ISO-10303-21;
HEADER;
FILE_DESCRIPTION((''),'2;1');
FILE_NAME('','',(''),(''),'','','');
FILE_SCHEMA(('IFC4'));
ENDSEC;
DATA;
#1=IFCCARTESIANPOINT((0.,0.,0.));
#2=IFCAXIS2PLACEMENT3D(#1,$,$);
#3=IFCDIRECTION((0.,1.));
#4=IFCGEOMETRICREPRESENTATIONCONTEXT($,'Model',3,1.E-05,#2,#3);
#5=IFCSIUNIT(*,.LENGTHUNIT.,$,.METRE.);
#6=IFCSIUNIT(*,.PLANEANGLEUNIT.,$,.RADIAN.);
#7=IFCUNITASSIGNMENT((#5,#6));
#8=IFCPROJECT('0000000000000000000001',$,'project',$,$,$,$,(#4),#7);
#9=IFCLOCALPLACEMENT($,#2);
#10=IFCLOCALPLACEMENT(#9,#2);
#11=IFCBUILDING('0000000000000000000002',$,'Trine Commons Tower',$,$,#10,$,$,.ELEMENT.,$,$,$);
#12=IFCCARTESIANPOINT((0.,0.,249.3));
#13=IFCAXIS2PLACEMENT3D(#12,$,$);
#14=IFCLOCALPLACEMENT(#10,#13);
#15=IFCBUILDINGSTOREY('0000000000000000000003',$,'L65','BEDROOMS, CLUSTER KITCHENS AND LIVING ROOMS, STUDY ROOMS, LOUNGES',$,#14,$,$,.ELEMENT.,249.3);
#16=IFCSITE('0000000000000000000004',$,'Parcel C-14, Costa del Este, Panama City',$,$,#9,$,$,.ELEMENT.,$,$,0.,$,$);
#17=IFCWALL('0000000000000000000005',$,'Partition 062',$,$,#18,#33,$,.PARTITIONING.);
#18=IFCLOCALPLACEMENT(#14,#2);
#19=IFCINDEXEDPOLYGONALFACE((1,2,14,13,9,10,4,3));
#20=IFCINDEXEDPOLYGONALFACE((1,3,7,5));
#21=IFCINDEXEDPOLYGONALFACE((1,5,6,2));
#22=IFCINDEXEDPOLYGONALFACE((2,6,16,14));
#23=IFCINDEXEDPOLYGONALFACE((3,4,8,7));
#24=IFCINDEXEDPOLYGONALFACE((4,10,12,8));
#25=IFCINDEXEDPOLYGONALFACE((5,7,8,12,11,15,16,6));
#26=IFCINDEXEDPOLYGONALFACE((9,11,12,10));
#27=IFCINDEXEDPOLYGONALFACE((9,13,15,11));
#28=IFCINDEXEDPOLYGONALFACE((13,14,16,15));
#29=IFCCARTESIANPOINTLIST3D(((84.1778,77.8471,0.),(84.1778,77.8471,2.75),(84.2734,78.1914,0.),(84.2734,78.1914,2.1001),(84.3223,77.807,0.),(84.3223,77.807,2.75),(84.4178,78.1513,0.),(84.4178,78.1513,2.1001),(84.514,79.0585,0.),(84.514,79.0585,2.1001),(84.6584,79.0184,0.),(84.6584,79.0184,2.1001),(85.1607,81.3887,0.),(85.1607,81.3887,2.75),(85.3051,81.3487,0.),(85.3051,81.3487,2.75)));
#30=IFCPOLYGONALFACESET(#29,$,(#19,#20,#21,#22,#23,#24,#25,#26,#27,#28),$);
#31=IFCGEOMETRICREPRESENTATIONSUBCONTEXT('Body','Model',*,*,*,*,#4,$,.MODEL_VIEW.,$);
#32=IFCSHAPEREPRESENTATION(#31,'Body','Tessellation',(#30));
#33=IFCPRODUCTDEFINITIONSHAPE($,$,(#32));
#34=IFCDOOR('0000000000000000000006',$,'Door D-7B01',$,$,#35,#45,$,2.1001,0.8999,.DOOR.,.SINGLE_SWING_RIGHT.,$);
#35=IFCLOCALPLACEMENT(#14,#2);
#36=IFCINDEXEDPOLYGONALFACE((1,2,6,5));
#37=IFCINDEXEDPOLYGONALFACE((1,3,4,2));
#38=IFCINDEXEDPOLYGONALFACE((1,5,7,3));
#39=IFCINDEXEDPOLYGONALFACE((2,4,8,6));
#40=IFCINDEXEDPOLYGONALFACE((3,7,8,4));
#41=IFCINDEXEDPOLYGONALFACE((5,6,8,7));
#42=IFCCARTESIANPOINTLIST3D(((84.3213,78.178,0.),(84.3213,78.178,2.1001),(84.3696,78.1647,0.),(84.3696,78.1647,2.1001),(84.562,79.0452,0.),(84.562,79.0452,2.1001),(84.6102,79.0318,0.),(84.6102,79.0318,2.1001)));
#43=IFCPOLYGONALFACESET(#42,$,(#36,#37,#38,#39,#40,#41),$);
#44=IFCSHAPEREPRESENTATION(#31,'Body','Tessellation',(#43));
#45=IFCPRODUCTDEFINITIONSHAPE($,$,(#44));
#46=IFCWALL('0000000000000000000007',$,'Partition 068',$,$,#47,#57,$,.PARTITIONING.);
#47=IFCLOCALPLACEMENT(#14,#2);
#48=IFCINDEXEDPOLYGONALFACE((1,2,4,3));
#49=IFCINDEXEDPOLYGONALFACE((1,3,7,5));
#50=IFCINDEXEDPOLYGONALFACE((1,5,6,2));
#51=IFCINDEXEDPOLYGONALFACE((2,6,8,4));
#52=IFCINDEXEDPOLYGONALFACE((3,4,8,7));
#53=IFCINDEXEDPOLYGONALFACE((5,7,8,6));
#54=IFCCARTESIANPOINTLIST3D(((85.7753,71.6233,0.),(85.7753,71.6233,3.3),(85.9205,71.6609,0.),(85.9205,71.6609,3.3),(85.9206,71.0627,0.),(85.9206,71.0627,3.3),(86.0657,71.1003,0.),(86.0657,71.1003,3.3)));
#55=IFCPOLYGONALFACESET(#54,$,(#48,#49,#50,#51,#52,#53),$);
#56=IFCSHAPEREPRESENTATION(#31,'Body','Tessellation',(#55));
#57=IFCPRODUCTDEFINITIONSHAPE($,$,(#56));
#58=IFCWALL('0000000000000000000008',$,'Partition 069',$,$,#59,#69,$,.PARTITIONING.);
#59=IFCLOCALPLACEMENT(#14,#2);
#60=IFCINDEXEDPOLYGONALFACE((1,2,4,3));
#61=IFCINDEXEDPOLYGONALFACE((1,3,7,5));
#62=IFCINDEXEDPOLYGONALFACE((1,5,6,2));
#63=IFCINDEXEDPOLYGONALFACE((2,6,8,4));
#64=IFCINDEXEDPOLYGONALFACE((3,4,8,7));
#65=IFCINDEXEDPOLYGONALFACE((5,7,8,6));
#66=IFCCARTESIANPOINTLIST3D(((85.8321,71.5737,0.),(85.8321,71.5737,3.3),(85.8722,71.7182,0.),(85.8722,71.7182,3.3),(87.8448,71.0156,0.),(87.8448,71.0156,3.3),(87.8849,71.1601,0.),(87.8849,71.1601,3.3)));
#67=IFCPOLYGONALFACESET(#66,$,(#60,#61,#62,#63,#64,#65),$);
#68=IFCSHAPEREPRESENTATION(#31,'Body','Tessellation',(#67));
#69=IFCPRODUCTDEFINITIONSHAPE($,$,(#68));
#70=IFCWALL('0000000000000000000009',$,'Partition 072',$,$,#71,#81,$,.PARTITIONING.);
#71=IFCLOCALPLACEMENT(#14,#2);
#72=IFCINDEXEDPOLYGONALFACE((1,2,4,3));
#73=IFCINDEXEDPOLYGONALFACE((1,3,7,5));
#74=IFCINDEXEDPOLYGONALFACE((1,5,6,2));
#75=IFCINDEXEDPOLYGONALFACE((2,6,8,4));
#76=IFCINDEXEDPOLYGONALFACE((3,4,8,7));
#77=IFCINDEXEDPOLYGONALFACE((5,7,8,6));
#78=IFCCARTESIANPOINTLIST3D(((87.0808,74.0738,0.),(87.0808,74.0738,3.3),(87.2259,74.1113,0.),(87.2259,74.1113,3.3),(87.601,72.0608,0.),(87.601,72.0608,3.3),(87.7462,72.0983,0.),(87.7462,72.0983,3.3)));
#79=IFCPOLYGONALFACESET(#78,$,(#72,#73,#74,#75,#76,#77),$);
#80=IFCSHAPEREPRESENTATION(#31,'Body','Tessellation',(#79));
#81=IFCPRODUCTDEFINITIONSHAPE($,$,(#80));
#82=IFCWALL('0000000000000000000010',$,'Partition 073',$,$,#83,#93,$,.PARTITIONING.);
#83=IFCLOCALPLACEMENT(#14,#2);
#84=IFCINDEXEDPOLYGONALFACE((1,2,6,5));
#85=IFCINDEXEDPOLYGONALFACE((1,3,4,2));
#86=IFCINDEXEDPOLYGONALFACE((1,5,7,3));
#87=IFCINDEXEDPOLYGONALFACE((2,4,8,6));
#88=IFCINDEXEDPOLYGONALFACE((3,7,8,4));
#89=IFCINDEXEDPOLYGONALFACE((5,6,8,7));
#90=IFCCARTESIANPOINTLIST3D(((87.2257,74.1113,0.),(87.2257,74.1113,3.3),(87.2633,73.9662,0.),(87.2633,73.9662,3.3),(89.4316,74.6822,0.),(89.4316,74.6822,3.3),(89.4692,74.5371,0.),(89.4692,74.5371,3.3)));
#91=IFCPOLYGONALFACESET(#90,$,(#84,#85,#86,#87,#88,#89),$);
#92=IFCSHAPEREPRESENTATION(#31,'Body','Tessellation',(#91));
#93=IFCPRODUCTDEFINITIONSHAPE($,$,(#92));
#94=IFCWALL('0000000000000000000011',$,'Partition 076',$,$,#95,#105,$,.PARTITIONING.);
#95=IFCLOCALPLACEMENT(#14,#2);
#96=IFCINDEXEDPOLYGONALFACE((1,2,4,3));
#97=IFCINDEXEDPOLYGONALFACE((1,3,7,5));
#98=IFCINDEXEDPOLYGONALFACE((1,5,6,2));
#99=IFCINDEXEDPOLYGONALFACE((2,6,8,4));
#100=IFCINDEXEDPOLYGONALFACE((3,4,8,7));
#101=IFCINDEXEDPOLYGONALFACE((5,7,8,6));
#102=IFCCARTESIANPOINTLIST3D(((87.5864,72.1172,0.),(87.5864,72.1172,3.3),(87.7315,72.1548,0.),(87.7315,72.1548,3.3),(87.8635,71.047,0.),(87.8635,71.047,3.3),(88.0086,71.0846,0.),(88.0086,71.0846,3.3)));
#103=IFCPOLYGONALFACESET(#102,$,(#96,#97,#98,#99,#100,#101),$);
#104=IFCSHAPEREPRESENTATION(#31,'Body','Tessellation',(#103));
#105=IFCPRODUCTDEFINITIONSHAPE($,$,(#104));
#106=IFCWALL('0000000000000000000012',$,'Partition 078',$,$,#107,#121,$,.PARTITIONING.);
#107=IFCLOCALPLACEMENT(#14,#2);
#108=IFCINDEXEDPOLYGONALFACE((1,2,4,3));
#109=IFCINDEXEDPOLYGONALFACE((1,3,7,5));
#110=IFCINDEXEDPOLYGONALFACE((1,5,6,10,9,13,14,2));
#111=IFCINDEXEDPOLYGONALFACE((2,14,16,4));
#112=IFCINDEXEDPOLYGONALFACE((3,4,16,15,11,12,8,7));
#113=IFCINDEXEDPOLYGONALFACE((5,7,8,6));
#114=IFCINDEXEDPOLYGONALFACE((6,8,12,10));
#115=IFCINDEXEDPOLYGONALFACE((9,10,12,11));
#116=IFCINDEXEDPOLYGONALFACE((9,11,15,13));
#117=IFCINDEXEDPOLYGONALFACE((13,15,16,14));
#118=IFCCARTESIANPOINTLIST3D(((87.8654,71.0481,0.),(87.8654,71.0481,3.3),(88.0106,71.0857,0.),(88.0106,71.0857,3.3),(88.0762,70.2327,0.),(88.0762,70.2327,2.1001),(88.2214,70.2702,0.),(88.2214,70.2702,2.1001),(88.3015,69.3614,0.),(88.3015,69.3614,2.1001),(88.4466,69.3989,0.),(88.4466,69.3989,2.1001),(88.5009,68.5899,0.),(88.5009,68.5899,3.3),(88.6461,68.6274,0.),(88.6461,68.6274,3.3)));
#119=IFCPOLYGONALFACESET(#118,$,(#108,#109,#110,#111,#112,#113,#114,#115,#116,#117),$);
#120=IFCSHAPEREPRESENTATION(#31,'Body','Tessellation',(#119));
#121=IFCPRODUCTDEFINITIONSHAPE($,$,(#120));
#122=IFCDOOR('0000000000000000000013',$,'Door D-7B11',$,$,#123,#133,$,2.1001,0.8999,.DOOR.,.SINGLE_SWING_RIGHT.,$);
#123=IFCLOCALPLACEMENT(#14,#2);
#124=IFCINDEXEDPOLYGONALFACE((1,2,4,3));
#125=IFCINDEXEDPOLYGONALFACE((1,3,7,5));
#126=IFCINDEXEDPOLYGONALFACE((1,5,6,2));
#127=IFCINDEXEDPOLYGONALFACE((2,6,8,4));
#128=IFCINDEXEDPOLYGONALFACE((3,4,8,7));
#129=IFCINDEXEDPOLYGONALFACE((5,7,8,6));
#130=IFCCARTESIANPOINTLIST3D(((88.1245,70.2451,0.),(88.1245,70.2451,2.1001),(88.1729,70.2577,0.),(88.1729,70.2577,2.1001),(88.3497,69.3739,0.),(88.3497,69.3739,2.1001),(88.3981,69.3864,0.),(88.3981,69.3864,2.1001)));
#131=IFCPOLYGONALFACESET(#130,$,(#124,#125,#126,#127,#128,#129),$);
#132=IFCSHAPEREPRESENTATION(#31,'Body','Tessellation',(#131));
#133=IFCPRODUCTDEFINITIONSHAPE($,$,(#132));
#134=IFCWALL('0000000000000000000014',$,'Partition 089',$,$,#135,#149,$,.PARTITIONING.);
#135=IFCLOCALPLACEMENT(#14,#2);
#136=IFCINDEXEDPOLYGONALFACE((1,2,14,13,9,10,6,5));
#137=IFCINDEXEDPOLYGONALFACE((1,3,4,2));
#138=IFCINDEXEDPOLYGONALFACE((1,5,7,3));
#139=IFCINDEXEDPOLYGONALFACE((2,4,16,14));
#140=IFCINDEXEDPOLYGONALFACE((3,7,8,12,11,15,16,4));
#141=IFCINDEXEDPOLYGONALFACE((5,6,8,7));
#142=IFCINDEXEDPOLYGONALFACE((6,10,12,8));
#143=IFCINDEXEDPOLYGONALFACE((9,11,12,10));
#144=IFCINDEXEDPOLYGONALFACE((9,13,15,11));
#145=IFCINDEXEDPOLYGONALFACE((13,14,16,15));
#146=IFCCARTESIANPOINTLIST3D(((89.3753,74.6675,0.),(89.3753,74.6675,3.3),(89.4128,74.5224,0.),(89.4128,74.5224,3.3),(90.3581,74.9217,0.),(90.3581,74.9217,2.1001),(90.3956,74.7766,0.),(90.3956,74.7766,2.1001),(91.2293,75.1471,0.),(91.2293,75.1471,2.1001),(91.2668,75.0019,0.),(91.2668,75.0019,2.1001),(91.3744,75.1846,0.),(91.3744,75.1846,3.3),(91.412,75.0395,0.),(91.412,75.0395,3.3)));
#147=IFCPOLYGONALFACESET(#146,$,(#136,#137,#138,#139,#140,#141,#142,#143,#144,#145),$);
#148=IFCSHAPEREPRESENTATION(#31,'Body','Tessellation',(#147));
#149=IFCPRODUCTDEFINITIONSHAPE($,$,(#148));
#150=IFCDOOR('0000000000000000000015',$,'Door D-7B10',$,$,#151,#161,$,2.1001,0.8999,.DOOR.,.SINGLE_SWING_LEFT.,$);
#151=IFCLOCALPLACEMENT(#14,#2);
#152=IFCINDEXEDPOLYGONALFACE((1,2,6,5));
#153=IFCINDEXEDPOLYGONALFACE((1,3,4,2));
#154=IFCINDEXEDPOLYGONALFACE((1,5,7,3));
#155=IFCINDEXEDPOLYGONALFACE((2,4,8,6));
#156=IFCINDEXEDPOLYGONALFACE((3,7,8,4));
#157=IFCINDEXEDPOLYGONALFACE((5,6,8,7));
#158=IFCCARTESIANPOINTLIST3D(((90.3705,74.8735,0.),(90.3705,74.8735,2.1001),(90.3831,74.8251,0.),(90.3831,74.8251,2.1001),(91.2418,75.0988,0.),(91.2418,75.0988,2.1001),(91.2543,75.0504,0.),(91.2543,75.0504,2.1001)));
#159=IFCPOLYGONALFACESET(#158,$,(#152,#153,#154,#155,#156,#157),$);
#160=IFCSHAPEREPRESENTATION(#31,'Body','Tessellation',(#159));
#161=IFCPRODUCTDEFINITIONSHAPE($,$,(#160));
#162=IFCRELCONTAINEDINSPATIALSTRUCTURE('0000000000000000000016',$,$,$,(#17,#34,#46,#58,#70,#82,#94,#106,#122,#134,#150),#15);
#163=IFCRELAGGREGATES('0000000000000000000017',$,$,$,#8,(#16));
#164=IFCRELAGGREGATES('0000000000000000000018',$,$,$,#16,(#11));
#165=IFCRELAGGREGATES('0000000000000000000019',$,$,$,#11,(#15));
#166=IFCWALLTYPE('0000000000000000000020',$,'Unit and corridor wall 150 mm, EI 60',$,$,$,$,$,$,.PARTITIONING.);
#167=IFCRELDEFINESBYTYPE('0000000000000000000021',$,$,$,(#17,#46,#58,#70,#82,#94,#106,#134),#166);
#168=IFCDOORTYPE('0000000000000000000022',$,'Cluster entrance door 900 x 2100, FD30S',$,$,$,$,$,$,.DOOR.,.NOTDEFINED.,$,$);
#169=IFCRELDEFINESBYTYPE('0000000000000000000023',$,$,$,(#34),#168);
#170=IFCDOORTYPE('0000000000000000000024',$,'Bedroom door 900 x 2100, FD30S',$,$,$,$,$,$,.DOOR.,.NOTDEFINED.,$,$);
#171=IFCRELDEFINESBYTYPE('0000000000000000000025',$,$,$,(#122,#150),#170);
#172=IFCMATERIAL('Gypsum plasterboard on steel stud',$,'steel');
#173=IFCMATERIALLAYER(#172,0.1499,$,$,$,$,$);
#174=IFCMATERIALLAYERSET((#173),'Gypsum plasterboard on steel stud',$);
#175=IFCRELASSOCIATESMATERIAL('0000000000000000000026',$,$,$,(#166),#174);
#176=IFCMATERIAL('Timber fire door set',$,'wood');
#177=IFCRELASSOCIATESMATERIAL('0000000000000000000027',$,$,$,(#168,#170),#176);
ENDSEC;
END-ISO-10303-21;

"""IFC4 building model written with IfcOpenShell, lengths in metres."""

from ifc_helpers import new_model, si_unit, direction, frame, frame_2d, origin, place, context, subcontext, project, spatial, rectangle, extrude, material, layer, layer_set, type_object, element, fill, save


model = new_model("IFC4")

# Units and contexts
model_context = context("Model", 3, precision=1e-05, world=origin(), true_north=direction((0.0, 1.0)))
body_context = subcontext(model_context, "Body", "Model", "MODEL_VIEW")
ifc_project = project(units=[si_unit("LENGTHUNIT", "METRE"), si_unit("PLANEANGLEUNIT", "RADIAN")], contexts=[model_context])

# Site, building, storey
site_placement = place(None, origin())
site = spatial("IfcSite", under=ifc_project, at=site_placement, Name="Parcel C-14, Costa del Este, Panama City", CompositionType="ELEMENT", RefElevation=0.0)
building_placement = place(site_placement, origin())
building = spatial("IfcBuilding", under=site, at=building_placement, Name="Trine Commons Tower", CompositionType="ELEMENT")
storey_placement = place(building_placement, frame((0.0, 0.0, 249.3)))
storey = spatial("IfcBuildingStorey", under=building, at=storey_placement, Name="L65", Description="BEDROOMS, CLUSTER KITCHENS AND LIVING ROOMS, STUDY ROOMS, LOUNGES", CompositionType="ELEMENT", Elevation=249.3)

# Shared definitions
ifc_material_1 = material(Name="Gypsum plasterboard on steel stud", Category="steel")
ifc_layer_1 = layer(ifc_material_1, 0.1499)
ifc_layer_set_1 = layer_set([ifc_layer_1], Name="Gypsum plasterboard on steel stud")
wall_type_1 = type_object("IfcWallType", Name="Unit and corridor wall 150 mm, EI 60", PredefinedType="PARTITIONING", material=ifc_layer_set_1)

# Wall, opening, door
wall_1_placement = place(storey_placement, frame((84.25, 77.8269, 0.0), z_axis=(0.0, 0.0, 1.0), x_axis=(0.267414, 0.963582, 0.0)))
wall_1 = element("IfcWall", 1, at=wall_1_placement, inside=storey, type_object=wall_type_1, Name="Partition 062", PredefinedType="PARTITIONING", context=body_context, shape_type="SweptSolid", body=[
    extrude(rectangle(XDim=3.6755, YDim=0.1499, at=frame_2d((1.8379, 0.0))), origin(), (0.0, 0.0, 1.0), 2.75),
])
opening_1_placement = place(wall_1_placement, frame((0.3574, 0.0, 0.0)))
opening_1 = element("IfcOpeningElement", 2, at=opening_1_placement, cuts=wall_1, PredefinedType="OPENING", context=body_context, shape_type="SweptSolid", body=[
    extrude(rectangle(XDim=0.8999, YDim=2.1001, at=frame_2d((0.45, 1.05))), frame((0.0, 0.085, 0.0), z_axis=(0.0, -1.0, 0.0), x_axis=(1.0, 0.0, 0.0)), (0.0, 0.0, 1.0), 0.1699),
])
ifc_material_2 = material(Name="Timber fire door set", Category="wood")
door_type_1 = type_object("IfcDoorType", Name="Cluster entrance door 900 x 2100, FD30S", OperationType="NOTDEFINED", PredefinedType="DOOR", material=ifc_material_2)
door_1_placement = place(opening_1_placement, frame((0.8999, 0.0, 0.0), z_axis=(0.0, 0.0, 1.0), x_axis=(-1.0, 0.0, 0.0)))
door_1 = element("IfcDoor", 3, at=door_1_placement, inside=storey, type_object=door_type_1, Name="Door D-7B01", OperationType="SINGLE_SWING_RIGHT", OverallHeight=2.1001, OverallWidth=0.8999, PredefinedType="DOOR", context=body_context, shape_type="SweptSolid", body=[
    extrude(rectangle(XDim=0.8999, YDim=2.1001, at=frame_2d((0.45, 1.05))), frame((0.0, 0.0249, 0.0), z_axis=(0.0, -1.0, 0.0), x_axis=(1.0, 0.0, 0.0)), (0.0, 0.0, 1.0), 0.05),
])
fill(opening_1, door_1)

# Walls
wall_2_placement = place(storey_placement, frame((85.8479, 71.6421, 0.0), z_axis=(0.0, 0.0, 1.0), x_axis=(0.25086, -0.968023, 0.0)))
element("IfcWall", 4, at=wall_2_placement, inside=storey, type_object=wall_type_1, Name="Partition 068", PredefinedType="PARTITIONING", context=body_context, shape_type="SweptSolid", body=[
    extrude(rectangle(XDim=0.5791, YDim=0.1499, at=frame_2d((0.2896, 0.0))), origin(), (0.0, 0.0, 1.0), 3.3),
])
wall_3_placement = place(storey_placement, frame((85.8521, 71.646, 0.0), z_axis=(0.0, 0.0, 1.0), x_axis=(0.963638, -0.26721, 0.0)))
element("IfcWall", 5, at=wall_3_placement, inside=storey, type_object=wall_type_1, Name="Partition 069", PredefinedType="PARTITIONING", context=body_context, shape_type="SweptSolid", body=[
    extrude(rectangle(XDim=2.0886, YDim=0.1499, at=frame_2d((1.0444, 0.0))), origin(), (0.0, 0.0, 1.0), 3.3),
])
wall_4_placement = place(storey_placement, frame((87.1533, 74.0925, 0.0), z_axis=(0.0, 0.0, 1.0), x_axis=(0.250237, -0.968185, 0.0)))
element("IfcWall", 6, at=wall_4_placement, inside=storey, type_object=wall_type_1, Name="Partition 072", PredefinedType="PARTITIONING", context=body_context, shape_type="SweptSolid", body=[
    extrude(rectangle(XDim=2.0791, YDim=0.1499, at=frame_2d((1.0396, 0.0))), origin(), (0.0, 0.0, 1.0), 3.3),
])
wall_5_placement = place(storey_placement, frame((87.2446, 74.0388, 0.0), z_axis=(0.0, 0.0, 1.0), x_axis=(0.968112, 0.25052, 0.0)))
element("IfcWall", 7, at=wall_5_placement, inside=storey, type_object=wall_type_1, Name="Partition 073", PredefinedType="PARTITIONING", context=body_context, shape_type="SweptSolid", body=[
    extrude(rectangle(XDim=2.2786, YDim=0.1499, at=frame_2d((1.1392, 0.0))), origin(), (0.0, 0.0, 1.0), 3.3),
])
wall_6_placement = place(storey_placement, frame((87.6589, 72.136, 0.0), z_axis=(0.0, 0.0, 1.0), x_axis=(0.250686, -0.968068, 0.0)))
element("IfcWall", 8, at=wall_6_placement, inside=storey, type_object=wall_type_1, Name="Partition 076", PredefinedType="PARTITIONING", context=body_context, shape_type="SweptSolid", body=[
    extrude(rectangle(XDim=1.1055, YDim=0.1499, at=frame_2d((0.5527, 0.0))), origin(), (0.0, 0.0, 1.0), 3.3),
])

# Walls, openings, doors
wall_7_placement = place(storey_placement, frame((87.938, 71.0669, 0.0), z_axis=(0.0, 0.0, 1.0), x_axis=(0.250288, -0.968171, 0.0)))
wall_7 = element("IfcWall", 9, at=wall_7_placement, inside=storey, type_object=wall_type_1, Name="Partition 078", PredefinedType="PARTITIONING", context=body_context, shape_type="SweptSolid", body=[
    extrude(rectangle(XDim=2.5391, YDim=0.1499, at=frame_2d((1.2695, 0.0))), origin(), (0.0, 0.0, 1.0), 3.3),
])
opening_2_placement = place(wall_7_placement, frame((0.8423, 0.0, 0.0)))
opening_2 = element("IfcOpeningElement", 10, at=opening_2_placement, cuts=wall_7, PredefinedType="OPENING", context=body_context, shape_type="SweptSolid", body=[
    extrude(rectangle(XDim=0.8999, YDim=2.1001, at=frame_2d((0.45, 1.05))), frame((0.0, 0.085, 0.0), z_axis=(0.0, -1.0, 0.0), x_axis=(1.0, 0.0, 0.0)), (0.0, 0.0, 1.0), 0.1699),
])
door_type_2 = type_object("IfcDoorType", Name="Bedroom door 900 x 2100, FD30S", OperationType="NOTDEFINED", PredefinedType="DOOR", material=ifc_material_2)
door_2_placement = place(opening_2_placement, origin())
door_2 = element("IfcDoor", 11, at=door_2_placement, inside=storey, type_object=door_type_2, Name="Door D-7B11", OperationType="SINGLE_SWING_RIGHT", OverallHeight=2.1001, OverallWidth=0.8999, PredefinedType="DOOR", context=body_context, shape_type="SweptSolid", body=[
    extrude(rectangle(XDim=0.8999, YDim=2.1001, at=frame_2d((0.45, 1.05))), frame((0.0, 0.0249, 0.0), z_axis=(0.0, -1.0, 0.0), x_axis=(1.0, 0.0, 0.0)), (0.0, 0.0, 1.0), 0.05),
])
fill(opening_2, door_2)
wall_8_placement = place(storey_placement, frame((89.394, 74.595, 0.0), z_axis=(0.0, 0.0, 1.0), x_axis=(0.968142, 0.2504, 0.0)))
wall_8 = element("IfcWall", 12, at=wall_8_placement, inside=storey, type_object=wall_type_1, Name="Partition 089", PredefinedType="PARTITIONING", context=body_context, shape_type="SweptSolid", body=[
    extrude(rectangle(XDim=2.0649, YDim=0.1499, at=frame_2d((1.0325, 0.0))), origin(), (0.0, 0.0, 1.0), 3.3),
])
opening_3_placement = place(wall_8_placement, frame((1.0151, 0.0, 0.0)))
opening_3 = element("IfcOpeningElement", 13, at=opening_3_placement, cuts=wall_8, PredefinedType="OPENING", context=body_context, shape_type="SweptSolid", body=[
    extrude(rectangle(XDim=0.8999, YDim=2.1001, at=frame_2d((0.45, 1.05))), frame((0.0, 0.085, 0.0), z_axis=(0.0, -1.0, 0.0), x_axis=(1.0, 0.0, 0.0)), (0.0, 0.0, 1.0), 0.1699),
])
door_3_placement = place(opening_3_placement, frame((0.8999, 0.0, 0.0), z_axis=(0.0, 0.0, 1.0), x_axis=(-1.0, 0.0, 0.0)))
door_3 = element("IfcDoor", 14, at=door_3_placement, inside=storey, type_object=door_type_2, Name="Door D-7B10", OperationType="SINGLE_SWING_LEFT", OverallHeight=2.1001, OverallWidth=0.8999, PredefinedType="DOOR", context=body_context, shape_type="SweptSolid", body=[
    extrude(rectangle(XDim=0.8999, YDim=2.1001, at=frame_2d((0.45, 1.05))), frame((0.0, 0.0249, 0.0), z_axis=(0.0, -1.0, 0.0), x_axis=(1.0, 0.0, 0.0)), (0.0, 0.0, 1.0), 0.05),
])
fill(opening_3, door_3)

save(model, "model.ifc")
